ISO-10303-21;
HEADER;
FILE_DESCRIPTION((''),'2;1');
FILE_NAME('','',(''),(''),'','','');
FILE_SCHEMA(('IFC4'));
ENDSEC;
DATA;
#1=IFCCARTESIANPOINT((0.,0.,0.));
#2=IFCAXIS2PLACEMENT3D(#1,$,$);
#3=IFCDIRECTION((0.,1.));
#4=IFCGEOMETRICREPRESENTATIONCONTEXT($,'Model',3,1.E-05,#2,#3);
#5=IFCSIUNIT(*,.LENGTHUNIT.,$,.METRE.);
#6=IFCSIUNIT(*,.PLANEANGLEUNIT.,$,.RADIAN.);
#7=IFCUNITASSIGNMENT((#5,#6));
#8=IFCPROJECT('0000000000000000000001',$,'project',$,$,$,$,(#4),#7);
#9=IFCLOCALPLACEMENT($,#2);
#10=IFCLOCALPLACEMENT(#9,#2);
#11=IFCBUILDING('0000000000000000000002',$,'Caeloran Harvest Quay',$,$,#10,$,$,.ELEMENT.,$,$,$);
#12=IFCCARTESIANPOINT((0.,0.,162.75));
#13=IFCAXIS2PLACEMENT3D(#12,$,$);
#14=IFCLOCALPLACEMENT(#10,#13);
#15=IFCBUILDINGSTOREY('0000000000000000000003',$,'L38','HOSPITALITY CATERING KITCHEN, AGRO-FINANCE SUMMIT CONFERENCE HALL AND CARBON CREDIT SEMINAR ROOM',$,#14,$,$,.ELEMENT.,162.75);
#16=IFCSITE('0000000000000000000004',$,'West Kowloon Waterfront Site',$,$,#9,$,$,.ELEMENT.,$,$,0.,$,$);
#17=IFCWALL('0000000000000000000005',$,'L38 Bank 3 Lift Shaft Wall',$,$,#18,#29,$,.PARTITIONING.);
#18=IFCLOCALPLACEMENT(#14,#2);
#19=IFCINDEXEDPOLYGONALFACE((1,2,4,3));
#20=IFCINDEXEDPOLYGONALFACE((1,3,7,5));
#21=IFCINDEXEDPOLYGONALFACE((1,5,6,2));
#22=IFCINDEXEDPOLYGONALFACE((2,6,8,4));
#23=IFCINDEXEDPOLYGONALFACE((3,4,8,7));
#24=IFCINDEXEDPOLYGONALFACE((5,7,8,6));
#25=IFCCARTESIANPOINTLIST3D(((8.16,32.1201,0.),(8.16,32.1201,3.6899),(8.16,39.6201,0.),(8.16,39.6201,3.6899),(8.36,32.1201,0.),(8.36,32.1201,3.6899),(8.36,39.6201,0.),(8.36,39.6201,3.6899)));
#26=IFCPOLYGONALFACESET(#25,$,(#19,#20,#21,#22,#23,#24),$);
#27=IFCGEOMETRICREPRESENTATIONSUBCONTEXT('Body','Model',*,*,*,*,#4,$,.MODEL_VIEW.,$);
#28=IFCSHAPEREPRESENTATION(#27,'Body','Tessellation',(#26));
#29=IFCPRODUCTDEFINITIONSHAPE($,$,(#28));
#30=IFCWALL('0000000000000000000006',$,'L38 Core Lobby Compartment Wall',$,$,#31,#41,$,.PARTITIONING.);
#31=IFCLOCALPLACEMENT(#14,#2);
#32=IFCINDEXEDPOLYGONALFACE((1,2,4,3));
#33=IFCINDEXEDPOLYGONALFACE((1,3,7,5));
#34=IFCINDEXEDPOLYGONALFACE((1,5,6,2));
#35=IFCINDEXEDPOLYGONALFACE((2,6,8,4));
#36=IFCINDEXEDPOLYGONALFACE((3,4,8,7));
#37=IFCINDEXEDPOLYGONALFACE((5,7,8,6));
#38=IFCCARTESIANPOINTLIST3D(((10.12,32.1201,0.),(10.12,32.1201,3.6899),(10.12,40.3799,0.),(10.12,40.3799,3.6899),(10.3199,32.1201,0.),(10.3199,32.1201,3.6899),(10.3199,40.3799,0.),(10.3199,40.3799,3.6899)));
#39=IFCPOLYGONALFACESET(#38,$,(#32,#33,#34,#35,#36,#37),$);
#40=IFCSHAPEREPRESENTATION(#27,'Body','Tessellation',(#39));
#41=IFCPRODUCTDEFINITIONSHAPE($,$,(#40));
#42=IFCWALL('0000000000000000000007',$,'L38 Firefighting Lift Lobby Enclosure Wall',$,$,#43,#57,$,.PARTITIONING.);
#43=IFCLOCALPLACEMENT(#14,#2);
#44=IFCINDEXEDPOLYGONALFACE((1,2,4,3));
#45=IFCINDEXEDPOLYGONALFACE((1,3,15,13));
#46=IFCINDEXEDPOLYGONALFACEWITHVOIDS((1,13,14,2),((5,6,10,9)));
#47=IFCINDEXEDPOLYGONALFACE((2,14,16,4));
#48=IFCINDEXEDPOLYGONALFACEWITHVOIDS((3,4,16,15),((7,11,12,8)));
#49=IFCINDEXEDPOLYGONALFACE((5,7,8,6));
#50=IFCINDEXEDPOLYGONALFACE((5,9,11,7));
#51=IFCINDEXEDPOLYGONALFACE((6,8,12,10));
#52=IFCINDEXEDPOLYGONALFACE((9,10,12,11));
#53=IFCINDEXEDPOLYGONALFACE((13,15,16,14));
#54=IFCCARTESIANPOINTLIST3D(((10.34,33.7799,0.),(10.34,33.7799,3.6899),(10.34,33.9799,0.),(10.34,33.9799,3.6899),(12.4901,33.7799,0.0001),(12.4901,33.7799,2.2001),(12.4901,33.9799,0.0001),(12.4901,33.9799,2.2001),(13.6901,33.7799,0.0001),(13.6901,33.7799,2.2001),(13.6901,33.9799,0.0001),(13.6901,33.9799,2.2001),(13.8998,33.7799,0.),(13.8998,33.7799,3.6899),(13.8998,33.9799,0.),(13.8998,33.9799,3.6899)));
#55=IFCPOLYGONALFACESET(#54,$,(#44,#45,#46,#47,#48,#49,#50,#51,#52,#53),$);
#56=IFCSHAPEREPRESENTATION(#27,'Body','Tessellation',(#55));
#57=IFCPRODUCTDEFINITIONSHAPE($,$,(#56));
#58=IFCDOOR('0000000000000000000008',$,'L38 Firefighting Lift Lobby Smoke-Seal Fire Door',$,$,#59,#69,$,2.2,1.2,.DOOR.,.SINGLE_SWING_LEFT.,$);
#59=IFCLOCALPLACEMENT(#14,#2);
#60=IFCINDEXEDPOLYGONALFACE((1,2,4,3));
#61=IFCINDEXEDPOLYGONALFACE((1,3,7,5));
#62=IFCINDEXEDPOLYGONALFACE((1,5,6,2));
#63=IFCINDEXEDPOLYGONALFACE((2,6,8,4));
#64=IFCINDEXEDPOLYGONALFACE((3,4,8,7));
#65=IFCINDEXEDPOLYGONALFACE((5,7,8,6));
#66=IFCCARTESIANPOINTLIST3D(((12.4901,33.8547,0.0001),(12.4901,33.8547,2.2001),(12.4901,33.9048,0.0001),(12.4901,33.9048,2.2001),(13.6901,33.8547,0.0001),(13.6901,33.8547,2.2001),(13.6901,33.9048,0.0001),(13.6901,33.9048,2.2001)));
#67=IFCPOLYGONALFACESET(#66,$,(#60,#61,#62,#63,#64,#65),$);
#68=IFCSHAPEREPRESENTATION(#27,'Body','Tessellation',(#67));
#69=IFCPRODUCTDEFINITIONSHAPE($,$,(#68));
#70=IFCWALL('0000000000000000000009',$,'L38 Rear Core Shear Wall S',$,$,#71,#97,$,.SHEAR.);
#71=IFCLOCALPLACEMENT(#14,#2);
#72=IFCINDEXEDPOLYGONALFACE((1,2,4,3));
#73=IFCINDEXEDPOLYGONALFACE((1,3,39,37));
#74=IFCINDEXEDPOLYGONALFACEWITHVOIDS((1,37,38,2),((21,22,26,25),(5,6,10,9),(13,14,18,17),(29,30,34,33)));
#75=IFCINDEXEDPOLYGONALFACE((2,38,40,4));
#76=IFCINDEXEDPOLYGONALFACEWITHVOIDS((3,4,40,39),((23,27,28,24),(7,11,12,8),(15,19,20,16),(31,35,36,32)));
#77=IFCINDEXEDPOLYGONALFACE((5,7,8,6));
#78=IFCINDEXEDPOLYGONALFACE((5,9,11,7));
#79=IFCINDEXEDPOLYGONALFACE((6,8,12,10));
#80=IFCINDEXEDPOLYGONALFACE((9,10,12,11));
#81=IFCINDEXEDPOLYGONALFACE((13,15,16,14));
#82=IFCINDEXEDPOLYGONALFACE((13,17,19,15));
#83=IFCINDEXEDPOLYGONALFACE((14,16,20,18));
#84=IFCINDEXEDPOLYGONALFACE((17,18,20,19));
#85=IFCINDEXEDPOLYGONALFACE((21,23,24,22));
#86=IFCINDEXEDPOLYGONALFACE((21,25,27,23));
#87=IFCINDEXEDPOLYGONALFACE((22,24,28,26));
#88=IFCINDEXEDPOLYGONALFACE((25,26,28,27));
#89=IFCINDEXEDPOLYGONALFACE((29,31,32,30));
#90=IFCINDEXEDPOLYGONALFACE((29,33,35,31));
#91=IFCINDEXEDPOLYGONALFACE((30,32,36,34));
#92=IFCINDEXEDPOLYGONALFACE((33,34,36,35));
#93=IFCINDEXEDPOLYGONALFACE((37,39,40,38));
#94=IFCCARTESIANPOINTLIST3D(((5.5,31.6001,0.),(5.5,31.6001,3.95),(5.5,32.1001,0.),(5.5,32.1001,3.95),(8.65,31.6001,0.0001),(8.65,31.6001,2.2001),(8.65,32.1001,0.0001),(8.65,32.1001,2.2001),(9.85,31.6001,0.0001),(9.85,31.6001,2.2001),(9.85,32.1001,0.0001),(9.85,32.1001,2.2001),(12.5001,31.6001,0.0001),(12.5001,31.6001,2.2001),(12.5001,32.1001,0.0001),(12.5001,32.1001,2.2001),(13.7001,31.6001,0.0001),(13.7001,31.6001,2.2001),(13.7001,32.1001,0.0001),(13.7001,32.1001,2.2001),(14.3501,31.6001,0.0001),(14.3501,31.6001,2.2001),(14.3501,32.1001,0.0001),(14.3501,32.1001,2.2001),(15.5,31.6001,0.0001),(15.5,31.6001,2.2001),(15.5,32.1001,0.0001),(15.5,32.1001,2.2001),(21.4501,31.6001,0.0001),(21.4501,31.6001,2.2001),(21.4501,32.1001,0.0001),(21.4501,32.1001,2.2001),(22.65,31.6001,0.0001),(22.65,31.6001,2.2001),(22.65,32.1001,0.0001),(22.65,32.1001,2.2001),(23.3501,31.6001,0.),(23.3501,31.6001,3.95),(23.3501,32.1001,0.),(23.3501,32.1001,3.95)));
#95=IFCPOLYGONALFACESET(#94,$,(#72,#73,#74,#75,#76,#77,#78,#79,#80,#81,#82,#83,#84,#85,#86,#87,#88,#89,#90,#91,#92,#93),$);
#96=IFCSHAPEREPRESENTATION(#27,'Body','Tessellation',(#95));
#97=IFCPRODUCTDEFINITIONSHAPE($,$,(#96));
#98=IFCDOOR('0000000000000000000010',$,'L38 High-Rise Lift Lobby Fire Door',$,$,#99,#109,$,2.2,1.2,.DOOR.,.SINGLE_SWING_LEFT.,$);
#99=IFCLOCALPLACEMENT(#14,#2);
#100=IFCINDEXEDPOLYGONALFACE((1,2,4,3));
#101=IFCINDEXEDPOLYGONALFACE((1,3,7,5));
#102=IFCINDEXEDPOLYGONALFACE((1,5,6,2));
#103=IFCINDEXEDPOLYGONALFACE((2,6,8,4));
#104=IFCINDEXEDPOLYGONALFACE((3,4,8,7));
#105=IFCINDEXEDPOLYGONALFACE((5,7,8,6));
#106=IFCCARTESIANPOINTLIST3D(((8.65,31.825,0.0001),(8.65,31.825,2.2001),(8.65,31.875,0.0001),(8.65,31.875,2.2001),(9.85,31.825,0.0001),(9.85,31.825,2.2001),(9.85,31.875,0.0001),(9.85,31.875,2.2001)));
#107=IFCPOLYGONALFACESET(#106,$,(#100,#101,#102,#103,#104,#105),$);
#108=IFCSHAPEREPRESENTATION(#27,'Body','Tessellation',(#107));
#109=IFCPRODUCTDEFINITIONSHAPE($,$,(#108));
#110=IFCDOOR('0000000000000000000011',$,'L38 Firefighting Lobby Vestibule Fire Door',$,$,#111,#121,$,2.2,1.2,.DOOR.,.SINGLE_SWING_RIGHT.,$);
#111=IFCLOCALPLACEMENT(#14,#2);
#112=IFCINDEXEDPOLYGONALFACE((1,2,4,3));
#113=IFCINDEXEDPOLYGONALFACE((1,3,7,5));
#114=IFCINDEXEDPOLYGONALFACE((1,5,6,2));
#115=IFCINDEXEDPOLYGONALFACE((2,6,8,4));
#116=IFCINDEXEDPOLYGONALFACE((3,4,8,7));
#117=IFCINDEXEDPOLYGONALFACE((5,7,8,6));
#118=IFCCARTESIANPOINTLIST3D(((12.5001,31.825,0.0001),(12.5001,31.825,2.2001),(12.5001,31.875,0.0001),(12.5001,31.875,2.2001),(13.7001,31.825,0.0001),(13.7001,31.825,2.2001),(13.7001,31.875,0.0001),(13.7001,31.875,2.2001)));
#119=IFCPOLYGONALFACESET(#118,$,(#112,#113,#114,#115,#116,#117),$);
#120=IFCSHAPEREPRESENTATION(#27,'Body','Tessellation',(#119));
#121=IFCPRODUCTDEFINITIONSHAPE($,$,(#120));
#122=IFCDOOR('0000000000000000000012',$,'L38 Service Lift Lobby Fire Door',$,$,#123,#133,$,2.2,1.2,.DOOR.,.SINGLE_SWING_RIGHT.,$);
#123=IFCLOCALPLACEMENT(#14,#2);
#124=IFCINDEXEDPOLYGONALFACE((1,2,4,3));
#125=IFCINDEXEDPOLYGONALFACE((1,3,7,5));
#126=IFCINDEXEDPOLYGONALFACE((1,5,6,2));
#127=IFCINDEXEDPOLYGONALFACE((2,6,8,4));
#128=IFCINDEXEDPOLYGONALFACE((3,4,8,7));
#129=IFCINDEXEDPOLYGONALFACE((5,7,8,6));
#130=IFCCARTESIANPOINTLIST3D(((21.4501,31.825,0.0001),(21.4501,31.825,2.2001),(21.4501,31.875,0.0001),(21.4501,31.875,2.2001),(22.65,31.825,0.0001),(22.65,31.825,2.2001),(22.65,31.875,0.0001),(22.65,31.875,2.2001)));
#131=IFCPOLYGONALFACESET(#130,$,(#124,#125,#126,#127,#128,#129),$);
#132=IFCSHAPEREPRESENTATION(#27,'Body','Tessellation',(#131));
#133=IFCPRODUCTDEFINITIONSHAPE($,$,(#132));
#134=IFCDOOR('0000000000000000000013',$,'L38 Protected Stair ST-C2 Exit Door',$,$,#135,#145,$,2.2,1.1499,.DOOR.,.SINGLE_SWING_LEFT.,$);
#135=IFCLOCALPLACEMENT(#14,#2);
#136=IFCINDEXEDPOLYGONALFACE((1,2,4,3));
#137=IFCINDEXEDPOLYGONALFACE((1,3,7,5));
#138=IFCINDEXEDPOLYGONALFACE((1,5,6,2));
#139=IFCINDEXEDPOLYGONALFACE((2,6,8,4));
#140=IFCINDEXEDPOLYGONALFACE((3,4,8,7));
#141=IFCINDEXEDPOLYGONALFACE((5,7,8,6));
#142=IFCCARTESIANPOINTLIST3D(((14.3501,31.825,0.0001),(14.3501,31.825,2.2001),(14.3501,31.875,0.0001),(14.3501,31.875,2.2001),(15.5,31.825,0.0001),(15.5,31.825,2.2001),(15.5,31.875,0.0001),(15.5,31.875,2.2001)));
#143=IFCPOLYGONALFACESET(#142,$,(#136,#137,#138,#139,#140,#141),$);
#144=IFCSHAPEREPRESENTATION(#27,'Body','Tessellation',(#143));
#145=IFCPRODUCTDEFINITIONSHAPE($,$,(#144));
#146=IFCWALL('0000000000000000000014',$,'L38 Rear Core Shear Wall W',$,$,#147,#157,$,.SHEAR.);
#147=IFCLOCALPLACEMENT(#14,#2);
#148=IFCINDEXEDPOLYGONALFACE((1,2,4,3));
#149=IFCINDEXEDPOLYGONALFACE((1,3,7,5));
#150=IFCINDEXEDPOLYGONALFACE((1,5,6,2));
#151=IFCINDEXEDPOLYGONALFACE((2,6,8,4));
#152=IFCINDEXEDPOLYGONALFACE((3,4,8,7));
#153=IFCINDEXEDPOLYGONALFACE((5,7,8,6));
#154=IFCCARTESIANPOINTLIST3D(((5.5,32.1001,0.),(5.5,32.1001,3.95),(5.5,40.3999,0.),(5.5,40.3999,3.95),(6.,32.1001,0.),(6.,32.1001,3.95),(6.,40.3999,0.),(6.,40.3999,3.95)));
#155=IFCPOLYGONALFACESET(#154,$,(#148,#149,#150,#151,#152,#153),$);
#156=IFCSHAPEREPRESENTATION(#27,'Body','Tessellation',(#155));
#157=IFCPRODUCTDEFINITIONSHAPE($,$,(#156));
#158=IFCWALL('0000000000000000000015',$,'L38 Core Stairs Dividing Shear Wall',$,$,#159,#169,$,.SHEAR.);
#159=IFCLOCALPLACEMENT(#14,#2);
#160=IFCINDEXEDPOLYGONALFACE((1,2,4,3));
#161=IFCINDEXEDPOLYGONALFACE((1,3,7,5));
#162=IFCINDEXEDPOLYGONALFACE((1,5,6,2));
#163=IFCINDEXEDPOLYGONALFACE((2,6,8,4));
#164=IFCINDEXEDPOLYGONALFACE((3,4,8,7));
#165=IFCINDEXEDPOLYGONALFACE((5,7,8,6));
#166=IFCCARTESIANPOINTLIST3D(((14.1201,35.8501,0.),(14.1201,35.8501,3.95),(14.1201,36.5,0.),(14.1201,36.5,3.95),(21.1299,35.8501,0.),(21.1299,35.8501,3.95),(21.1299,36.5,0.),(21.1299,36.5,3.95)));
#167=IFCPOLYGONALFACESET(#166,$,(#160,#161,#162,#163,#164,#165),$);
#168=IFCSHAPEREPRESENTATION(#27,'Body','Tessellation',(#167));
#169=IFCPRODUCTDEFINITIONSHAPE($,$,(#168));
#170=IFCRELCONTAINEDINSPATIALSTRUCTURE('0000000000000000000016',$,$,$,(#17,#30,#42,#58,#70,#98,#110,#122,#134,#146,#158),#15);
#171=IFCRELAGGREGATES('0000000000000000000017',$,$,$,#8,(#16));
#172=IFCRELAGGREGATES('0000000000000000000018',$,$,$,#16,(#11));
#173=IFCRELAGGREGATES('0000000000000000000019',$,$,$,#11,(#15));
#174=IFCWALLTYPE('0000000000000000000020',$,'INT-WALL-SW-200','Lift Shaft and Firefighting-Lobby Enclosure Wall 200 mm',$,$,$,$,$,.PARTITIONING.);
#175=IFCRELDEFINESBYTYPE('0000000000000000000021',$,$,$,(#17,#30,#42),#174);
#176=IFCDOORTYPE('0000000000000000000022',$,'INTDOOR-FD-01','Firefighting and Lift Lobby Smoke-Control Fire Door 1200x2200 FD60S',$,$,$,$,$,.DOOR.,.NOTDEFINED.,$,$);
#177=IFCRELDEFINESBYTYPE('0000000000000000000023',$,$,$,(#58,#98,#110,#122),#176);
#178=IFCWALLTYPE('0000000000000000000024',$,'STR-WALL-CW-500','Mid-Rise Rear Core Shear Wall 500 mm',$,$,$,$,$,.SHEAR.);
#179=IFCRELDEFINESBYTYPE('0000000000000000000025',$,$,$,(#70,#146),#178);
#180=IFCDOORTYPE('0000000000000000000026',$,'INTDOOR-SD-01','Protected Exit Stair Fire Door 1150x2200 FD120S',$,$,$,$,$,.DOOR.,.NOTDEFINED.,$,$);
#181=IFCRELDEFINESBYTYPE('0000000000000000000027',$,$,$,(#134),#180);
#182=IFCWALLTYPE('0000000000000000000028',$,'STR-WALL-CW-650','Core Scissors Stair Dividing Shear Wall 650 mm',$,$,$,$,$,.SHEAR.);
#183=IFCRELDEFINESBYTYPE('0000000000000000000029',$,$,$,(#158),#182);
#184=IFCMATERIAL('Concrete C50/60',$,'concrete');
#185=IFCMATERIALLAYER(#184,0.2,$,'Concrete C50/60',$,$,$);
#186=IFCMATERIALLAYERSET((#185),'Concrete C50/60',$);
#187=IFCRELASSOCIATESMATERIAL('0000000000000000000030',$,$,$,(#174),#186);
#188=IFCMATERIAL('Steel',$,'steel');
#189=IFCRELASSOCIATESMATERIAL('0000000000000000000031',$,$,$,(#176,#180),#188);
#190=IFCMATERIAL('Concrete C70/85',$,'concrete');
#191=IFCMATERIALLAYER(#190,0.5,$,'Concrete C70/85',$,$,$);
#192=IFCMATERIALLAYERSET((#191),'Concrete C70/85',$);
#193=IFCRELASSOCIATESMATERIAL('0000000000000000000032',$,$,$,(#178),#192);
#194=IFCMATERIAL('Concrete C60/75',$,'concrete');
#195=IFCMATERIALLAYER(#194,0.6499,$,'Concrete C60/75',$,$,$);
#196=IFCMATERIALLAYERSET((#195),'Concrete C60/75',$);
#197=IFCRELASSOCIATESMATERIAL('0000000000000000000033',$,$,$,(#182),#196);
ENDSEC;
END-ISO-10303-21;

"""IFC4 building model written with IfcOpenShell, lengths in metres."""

from ifc_helpers import new_model, si_unit, direction, frame, frame_2d, origin, place, context, subcontext, project, spatial, rectangle, extrude, material, layer, layer_set, type_object, element, fill, save


model = new_model("IFC4")

# Units and contexts
model_context = context("Model", 3, precision=1e-05, world=origin(), true_north=direction((0.0, 1.0)))
body_context = subcontext(model_context, "Body", "Model", "MODEL_VIEW")
ifc_project = project(units=[si_unit("LENGTHUNIT", "METRE"), si_unit("PLANEANGLEUNIT", "RADIAN")], contexts=[model_context])

# Site, building, storey
site_placement = place(None, origin())
site = spatial("IfcSite", under=ifc_project, at=site_placement, Name="West Kowloon Waterfront Site", CompositionType="ELEMENT", RefElevation=0.0)
building_placement = place(site_placement, origin())
building = spatial("IfcBuilding", under=site, at=building_placement, Name="Caeloran Harvest Quay", CompositionType="ELEMENT")
storey_placement = place(building_placement, frame((0.0, 0.0, 162.75)))
storey = spatial("IfcBuildingStorey", under=building, at=storey_placement, Name="L38", Description="HOSPITALITY CATERING KITCHEN, AGRO-FINANCE SUMMIT CONFERENCE HALL AND CARBON CREDIT SEMINAR ROOM", CompositionType="ELEMENT", Elevation=162.75)

# Shared definitions
ifc_material_1 = material(Name="Concrete C70/85", Category="concrete")

# Shared definitions
ifc_material_2 = material(Name="Concrete C60/75", Category="concrete")

# Walls
ifc_material_3 = material(Name="Concrete C50/60", Category="concrete")
ifc_layer_1 = layer(ifc_material_3, 0.2, Name="Concrete C50/60")
ifc_layer_set_1 = layer_set([ifc_layer_1], Name="Concrete C50/60")
wall_type_1 = type_object("IfcWallType", Name="INT-WALL-SW-200", Description="Lift Shaft and Firefighting-Lobby Enclosure Wall 200 mm", PredefinedType="PARTITIONING", material=ifc_layer_set_1)
wall_1_placement = place(storey_placement, frame((8.26, 32.1201, 0.0), z_axis=(0.0, 0.0, 1.0), x_axis=(0.0, 1.0, 0.0)))
element("IfcWall", 1, at=wall_1_placement, inside=storey, type_object=wall_type_1, Name="L38 Bank 3 Lift Shaft Wall", PredefinedType="PARTITIONING", context=body_context, shape_type="SweptSolid", body=[
    extrude(rectangle(XDim=7.5, YDim=0.2, at=frame_2d((3.75, 0.0))), origin(), (0.0, 0.0, 1.0), 3.6899),
])
wall_2_placement = place(storey_placement, frame((10.22, 32.1201, 0.0), z_axis=(0.0, 0.0, 1.0), x_axis=(0.0, 1.0, 0.0)))
element("IfcWall", 2, at=wall_2_placement, inside=storey, type_object=wall_type_1, Name="L38 Core Lobby Compartment Wall", PredefinedType="PARTITIONING", context=body_context, shape_type="SweptSolid", body=[
    extrude(rectangle(XDim=8.2598, YDim=0.2, at=frame_2d((4.1299, 0.0))), origin(), (0.0, 0.0, 1.0), 3.6899),
])

# Wall, opening, door
wall_3_placement = place(storey_placement, frame((10.3401, 33.8799, 0.0), z_axis=(0.0, 0.0, 1.0), x_axis=(1.0, 0.0, 0.0)))
wall_3 = element("IfcWall", 3, at=wall_3_placement, inside=storey, type_object=wall_type_1, Name="L38 Firefighting Lift Lobby Enclosure Wall", PredefinedType="PARTITIONING", context=body_context, shape_type="SweptSolid", body=[
    extrude(rectangle(XDim=3.5598, YDim=0.2, at=frame_2d((1.7798, 0.0))), origin(), (0.0, 0.0, 1.0), 3.6899),
])
opening_1_placement = place(wall_3_placement, frame((2.1499, 0.0, 0.0)))
opening_1 = element("IfcOpeningElement", 4, at=opening_1_placement, cuts=wall_3, PredefinedType="OPENING", context=body_context, shape_type="SweptSolid", body=[
    extrude(rectangle(XDim=1.2, YDim=2.2, at=frame_2d((0.6001, 1.1001))), frame((0.0, 0.1099, 0.0), z_axis=(0.0, -1.0, 0.0), x_axis=(1.0, 0.0, 0.0)), (0.0, 0.0, 1.0), 0.22),
])
ifc_material_4 = material(Name="Steel", Category="steel")
door_type_1 = type_object("IfcDoorType", Name="INTDOOR-FD-01", Description="Firefighting and Lift Lobby Smoke-Control Fire Door 1200x2200 FD60S", OperationType="NOTDEFINED", PredefinedType="DOOR", material=ifc_material_4)
door_1_placement = place(opening_1_placement, origin())
door_1 = element("IfcDoor", 5, at=door_1_placement, inside=storey, type_object=door_type_1, Name="L38 Firefighting Lift Lobby Smoke-Seal Fire Door", OperationType="SINGLE_SWING_LEFT", OverallHeight=2.2, OverallWidth=1.2, PredefinedType="DOOR", context=body_context, shape_type="SweptSolid", body=[
    extrude(rectangle(XDim=1.2, YDim=2.2, at=frame_2d((0.6001, 1.1001))), frame((0.0, 0.0249, 0.0), z_axis=(0.0, -1.0, 0.0), x_axis=(1.0, 0.0, 0.0)), (0.0, 0.0, 1.0), 0.05),
])
fill(opening_1, door_1)

# Wall, openings, doors
ifc_layer_2 = layer(ifc_material_1, 0.5, Name="Concrete C70/85")
ifc_layer_set_2 = layer_set([ifc_layer_2], Name="Concrete C70/85")
wall_type_2 = type_object("IfcWallType", Name="STR-WALL-CW-500", Description="Mid-Rise Rear Core Shear Wall 500 mm", PredefinedType="SHEAR", material=ifc_layer_set_2)
wall_4_placement = place(storey_placement, frame((5.5, 31.8501, 0.0), z_axis=(0.0, 0.0, 1.0), x_axis=(1.0, 0.0, 0.0)))
wall_4 = element("IfcWall", 6, at=wall_4_placement, inside=storey, type_object=wall_type_2, Name="L38 Rear Core Shear Wall S", PredefinedType="SHEAR", context=body_context, shape_type="SweptSolid", body=[
    extrude(rectangle(XDim=17.8501, YDim=0.5, at=frame_2d((8.925, 0.0))), origin(), (0.0, 0.0, 1.0), 3.95),
])
opening_2_placement = place(wall_4_placement, frame((3.1499, 0.0, 0.0)))
opening_2 = element("IfcOpeningElement", 7, at=opening_2_placement, cuts=wall_4, PredefinedType="OPENING", context=body_context, shape_type="SweptSolid", body=[
    extrude(rectangle(XDim=1.2, YDim=2.2, at=frame_2d((0.6001, 1.1001))), frame((0.0, 0.26, 0.0), z_axis=(0.0, -1.0, 0.0), x_axis=(1.0, 0.0, 0.0)), (0.0, 0.0, 1.0), 0.52),
])
opening_3_placement = place(wall_4_placement, frame((7.0, 0.0, 0.0)))
opening_3 = element("IfcOpeningElement", 8, at=opening_3_placement, cuts=wall_4, PredefinedType="OPENING", context=body_context, shape_type="SweptSolid", body=[
    extrude(rectangle(XDim=1.2, YDim=2.2, at=frame_2d((0.6001, 1.1001))), frame((0.0, 0.26, 0.0), z_axis=(0.0, -1.0, 0.0), x_axis=(1.0, 0.0, 0.0)), (0.0, 0.0, 1.0), 0.52),
])
opening_4_placement = place(wall_4_placement, frame((8.8501, 0.0, 0.0)))
opening_4 = element("IfcOpeningElement", 9, at=opening_4_placement, cuts=wall_4, PredefinedType="OPENING", context=body_context, shape_type="SweptSolid", body=[
    extrude(rectangle(XDim=1.1499, YDim=2.2, at=frame_2d((0.575, 1.1001))), frame((0.0, 0.26, 0.0), z_axis=(0.0, -1.0, 0.0), x_axis=(1.0, 0.0, 0.0)), (0.0, 0.0, 1.0), 0.52),
])
opening_5_placement = place(wall_4_placement, frame((15.95, 0.0, 0.0)))
opening_5 = element("IfcOpeningElement", 10, at=opening_5_placement, cuts=wall_4, PredefinedType="OPENING", context=body_context, shape_type="SweptSolid", body=[
    extrude(rectangle(XDim=1.2, YDim=2.2, at=frame_2d((0.6001, 1.1001))), frame((0.0, 0.26, 0.0), z_axis=(0.0, -1.0, 0.0), x_axis=(1.0, 0.0, 0.0)), (0.0, 0.0, 1.0), 0.52),
])
door_2_placement = place(opening_2_placement, origin())
door_2 = element("IfcDoor", 11, at=door_2_placement, inside=storey, type_object=door_type_1, Name="L38 High-Rise Lift Lobby Fire Door", OperationType="SINGLE_SWING_LEFT", OverallHeight=2.2, OverallWidth=1.2, PredefinedType="DOOR", context=body_context, shape_type="SweptSolid", body=[
    extrude(rectangle(XDim=1.2, YDim=2.2, at=frame_2d((0.6001, 1.1001))), frame((0.0, 0.0249, 0.0), z_axis=(0.0, -1.0, 0.0), x_axis=(1.0, 0.0, 0.0)), (0.0, 0.0, 1.0), 0.05),
])
fill(opening_2, door_2)
door_3_placement = place(opening_3_placement, origin())
door_3 = element("IfcDoor", 12, at=door_3_placement, inside=storey, type_object=door_type_1, Name="L38 Firefighting Lobby Vestibule Fire Door", OperationType="SINGLE_SWING_RIGHT", OverallHeight=2.2, OverallWidth=1.2, PredefinedType="DOOR", context=body_context, shape_type="SweptSolid", body=[
    extrude(rectangle(XDim=1.2, YDim=2.2, at=frame_2d((0.6001, 1.1001))), frame((0.0, 0.0249, 0.0), z_axis=(0.0, -1.0, 0.0), x_axis=(1.0, 0.0, 0.0)), (0.0, 0.0, 1.0), 0.05),
])
fill(opening_3, door_3)
door_4_placement = place(opening_5_placement, origin())
door_4 = element("IfcDoor", 13, at=door_4_placement, inside=storey, type_object=door_type_1, Name="L38 Service Lift Lobby Fire Door", OperationType="SINGLE_SWING_RIGHT", OverallHeight=2.2, OverallWidth=1.2, PredefinedType="DOOR", context=body_context, shape_type="SweptSolid", body=[
    extrude(rectangle(XDim=1.2, YDim=2.2, at=frame_2d((0.6001, 1.1001))), frame((0.0, 0.0249, 0.0), z_axis=(0.0, -1.0, 0.0), x_axis=(1.0, 0.0, 0.0)), (0.0, 0.0, 1.0), 0.05),
])
fill(opening_5, door_4)
door_type_2 = type_object("IfcDoorType", Name="INTDOOR-SD-01", Description="Protected Exit Stair Fire Door 1150x2200 FD120S", OperationType="NOTDEFINED", PredefinedType="DOOR", material=ifc_material_4)
door_5_placement = place(opening_4_placement, origin())
door_5 = element("IfcDoor", 14, at=door_5_placement, inside=storey, type_object=door_type_2, Name="L38 Protected Stair ST-C2 Exit Door", OperationType="SINGLE_SWING_LEFT", OverallHeight=2.2, OverallWidth=1.1499, PredefinedType="DOOR", context=body_context, shape_type="SweptSolid", body=[
    extrude(rectangle(XDim=1.1499, YDim=2.2, at=frame_2d((0.575, 1.1001))), frame((0.0, 0.0249, 0.0), z_axis=(0.0, -1.0, 0.0), x_axis=(1.0, 0.0, 0.0)), (0.0, 0.0, 1.0), 0.05),
])
fill(opening_4, door_5)

# Walls
wall_5_placement = place(storey_placement, frame((5.75, 32.1001, 0.0), z_axis=(0.0, 0.0, 1.0), x_axis=(0.0, 1.0, 0.0)))
element("IfcWall", 15, at=wall_5_placement, inside=storey, type_object=wall_type_2, Name="L38 Rear Core Shear Wall W", PredefinedType="SHEAR", context=body_context, shape_type="SweptSolid", body=[
    extrude(rectangle(XDim=8.2998, YDim=0.5, at=frame_2d((4.1499, 0.0))), origin(), (0.0, 0.0, 1.0), 3.95),
])
ifc_layer_3 = layer(ifc_material_2, 0.6499, Name="Concrete C60/75")
ifc_layer_set_3 = layer_set([ifc_layer_3], Name="Concrete C60/75")
wall_type_3 = type_object("IfcWallType", Name="STR-WALL-CW-650", Description="Core Scissors Stair Dividing Shear Wall 650 mm", PredefinedType="SHEAR", material=ifc_layer_set_3)
wall_6_placement = place(storey_placement, frame((14.1201, 36.175, 0.0), z_axis=(0.0, 0.0, 1.0), x_axis=(1.0, 0.0, 0.0)))
element("IfcWall", 16, at=wall_6_placement, inside=storey, type_object=wall_type_3, Name="L38 Core Stairs Dividing Shear Wall", PredefinedType="SHEAR", context=body_context, shape_type="SweptSolid", body=[
    extrude(rectangle(XDim=7.0098, YDim=0.6499, at=frame_2d((3.5049, 0.0))), origin(), (0.0, 0.0, 1.0), 3.95),
])

save(model, "model.ifc")
